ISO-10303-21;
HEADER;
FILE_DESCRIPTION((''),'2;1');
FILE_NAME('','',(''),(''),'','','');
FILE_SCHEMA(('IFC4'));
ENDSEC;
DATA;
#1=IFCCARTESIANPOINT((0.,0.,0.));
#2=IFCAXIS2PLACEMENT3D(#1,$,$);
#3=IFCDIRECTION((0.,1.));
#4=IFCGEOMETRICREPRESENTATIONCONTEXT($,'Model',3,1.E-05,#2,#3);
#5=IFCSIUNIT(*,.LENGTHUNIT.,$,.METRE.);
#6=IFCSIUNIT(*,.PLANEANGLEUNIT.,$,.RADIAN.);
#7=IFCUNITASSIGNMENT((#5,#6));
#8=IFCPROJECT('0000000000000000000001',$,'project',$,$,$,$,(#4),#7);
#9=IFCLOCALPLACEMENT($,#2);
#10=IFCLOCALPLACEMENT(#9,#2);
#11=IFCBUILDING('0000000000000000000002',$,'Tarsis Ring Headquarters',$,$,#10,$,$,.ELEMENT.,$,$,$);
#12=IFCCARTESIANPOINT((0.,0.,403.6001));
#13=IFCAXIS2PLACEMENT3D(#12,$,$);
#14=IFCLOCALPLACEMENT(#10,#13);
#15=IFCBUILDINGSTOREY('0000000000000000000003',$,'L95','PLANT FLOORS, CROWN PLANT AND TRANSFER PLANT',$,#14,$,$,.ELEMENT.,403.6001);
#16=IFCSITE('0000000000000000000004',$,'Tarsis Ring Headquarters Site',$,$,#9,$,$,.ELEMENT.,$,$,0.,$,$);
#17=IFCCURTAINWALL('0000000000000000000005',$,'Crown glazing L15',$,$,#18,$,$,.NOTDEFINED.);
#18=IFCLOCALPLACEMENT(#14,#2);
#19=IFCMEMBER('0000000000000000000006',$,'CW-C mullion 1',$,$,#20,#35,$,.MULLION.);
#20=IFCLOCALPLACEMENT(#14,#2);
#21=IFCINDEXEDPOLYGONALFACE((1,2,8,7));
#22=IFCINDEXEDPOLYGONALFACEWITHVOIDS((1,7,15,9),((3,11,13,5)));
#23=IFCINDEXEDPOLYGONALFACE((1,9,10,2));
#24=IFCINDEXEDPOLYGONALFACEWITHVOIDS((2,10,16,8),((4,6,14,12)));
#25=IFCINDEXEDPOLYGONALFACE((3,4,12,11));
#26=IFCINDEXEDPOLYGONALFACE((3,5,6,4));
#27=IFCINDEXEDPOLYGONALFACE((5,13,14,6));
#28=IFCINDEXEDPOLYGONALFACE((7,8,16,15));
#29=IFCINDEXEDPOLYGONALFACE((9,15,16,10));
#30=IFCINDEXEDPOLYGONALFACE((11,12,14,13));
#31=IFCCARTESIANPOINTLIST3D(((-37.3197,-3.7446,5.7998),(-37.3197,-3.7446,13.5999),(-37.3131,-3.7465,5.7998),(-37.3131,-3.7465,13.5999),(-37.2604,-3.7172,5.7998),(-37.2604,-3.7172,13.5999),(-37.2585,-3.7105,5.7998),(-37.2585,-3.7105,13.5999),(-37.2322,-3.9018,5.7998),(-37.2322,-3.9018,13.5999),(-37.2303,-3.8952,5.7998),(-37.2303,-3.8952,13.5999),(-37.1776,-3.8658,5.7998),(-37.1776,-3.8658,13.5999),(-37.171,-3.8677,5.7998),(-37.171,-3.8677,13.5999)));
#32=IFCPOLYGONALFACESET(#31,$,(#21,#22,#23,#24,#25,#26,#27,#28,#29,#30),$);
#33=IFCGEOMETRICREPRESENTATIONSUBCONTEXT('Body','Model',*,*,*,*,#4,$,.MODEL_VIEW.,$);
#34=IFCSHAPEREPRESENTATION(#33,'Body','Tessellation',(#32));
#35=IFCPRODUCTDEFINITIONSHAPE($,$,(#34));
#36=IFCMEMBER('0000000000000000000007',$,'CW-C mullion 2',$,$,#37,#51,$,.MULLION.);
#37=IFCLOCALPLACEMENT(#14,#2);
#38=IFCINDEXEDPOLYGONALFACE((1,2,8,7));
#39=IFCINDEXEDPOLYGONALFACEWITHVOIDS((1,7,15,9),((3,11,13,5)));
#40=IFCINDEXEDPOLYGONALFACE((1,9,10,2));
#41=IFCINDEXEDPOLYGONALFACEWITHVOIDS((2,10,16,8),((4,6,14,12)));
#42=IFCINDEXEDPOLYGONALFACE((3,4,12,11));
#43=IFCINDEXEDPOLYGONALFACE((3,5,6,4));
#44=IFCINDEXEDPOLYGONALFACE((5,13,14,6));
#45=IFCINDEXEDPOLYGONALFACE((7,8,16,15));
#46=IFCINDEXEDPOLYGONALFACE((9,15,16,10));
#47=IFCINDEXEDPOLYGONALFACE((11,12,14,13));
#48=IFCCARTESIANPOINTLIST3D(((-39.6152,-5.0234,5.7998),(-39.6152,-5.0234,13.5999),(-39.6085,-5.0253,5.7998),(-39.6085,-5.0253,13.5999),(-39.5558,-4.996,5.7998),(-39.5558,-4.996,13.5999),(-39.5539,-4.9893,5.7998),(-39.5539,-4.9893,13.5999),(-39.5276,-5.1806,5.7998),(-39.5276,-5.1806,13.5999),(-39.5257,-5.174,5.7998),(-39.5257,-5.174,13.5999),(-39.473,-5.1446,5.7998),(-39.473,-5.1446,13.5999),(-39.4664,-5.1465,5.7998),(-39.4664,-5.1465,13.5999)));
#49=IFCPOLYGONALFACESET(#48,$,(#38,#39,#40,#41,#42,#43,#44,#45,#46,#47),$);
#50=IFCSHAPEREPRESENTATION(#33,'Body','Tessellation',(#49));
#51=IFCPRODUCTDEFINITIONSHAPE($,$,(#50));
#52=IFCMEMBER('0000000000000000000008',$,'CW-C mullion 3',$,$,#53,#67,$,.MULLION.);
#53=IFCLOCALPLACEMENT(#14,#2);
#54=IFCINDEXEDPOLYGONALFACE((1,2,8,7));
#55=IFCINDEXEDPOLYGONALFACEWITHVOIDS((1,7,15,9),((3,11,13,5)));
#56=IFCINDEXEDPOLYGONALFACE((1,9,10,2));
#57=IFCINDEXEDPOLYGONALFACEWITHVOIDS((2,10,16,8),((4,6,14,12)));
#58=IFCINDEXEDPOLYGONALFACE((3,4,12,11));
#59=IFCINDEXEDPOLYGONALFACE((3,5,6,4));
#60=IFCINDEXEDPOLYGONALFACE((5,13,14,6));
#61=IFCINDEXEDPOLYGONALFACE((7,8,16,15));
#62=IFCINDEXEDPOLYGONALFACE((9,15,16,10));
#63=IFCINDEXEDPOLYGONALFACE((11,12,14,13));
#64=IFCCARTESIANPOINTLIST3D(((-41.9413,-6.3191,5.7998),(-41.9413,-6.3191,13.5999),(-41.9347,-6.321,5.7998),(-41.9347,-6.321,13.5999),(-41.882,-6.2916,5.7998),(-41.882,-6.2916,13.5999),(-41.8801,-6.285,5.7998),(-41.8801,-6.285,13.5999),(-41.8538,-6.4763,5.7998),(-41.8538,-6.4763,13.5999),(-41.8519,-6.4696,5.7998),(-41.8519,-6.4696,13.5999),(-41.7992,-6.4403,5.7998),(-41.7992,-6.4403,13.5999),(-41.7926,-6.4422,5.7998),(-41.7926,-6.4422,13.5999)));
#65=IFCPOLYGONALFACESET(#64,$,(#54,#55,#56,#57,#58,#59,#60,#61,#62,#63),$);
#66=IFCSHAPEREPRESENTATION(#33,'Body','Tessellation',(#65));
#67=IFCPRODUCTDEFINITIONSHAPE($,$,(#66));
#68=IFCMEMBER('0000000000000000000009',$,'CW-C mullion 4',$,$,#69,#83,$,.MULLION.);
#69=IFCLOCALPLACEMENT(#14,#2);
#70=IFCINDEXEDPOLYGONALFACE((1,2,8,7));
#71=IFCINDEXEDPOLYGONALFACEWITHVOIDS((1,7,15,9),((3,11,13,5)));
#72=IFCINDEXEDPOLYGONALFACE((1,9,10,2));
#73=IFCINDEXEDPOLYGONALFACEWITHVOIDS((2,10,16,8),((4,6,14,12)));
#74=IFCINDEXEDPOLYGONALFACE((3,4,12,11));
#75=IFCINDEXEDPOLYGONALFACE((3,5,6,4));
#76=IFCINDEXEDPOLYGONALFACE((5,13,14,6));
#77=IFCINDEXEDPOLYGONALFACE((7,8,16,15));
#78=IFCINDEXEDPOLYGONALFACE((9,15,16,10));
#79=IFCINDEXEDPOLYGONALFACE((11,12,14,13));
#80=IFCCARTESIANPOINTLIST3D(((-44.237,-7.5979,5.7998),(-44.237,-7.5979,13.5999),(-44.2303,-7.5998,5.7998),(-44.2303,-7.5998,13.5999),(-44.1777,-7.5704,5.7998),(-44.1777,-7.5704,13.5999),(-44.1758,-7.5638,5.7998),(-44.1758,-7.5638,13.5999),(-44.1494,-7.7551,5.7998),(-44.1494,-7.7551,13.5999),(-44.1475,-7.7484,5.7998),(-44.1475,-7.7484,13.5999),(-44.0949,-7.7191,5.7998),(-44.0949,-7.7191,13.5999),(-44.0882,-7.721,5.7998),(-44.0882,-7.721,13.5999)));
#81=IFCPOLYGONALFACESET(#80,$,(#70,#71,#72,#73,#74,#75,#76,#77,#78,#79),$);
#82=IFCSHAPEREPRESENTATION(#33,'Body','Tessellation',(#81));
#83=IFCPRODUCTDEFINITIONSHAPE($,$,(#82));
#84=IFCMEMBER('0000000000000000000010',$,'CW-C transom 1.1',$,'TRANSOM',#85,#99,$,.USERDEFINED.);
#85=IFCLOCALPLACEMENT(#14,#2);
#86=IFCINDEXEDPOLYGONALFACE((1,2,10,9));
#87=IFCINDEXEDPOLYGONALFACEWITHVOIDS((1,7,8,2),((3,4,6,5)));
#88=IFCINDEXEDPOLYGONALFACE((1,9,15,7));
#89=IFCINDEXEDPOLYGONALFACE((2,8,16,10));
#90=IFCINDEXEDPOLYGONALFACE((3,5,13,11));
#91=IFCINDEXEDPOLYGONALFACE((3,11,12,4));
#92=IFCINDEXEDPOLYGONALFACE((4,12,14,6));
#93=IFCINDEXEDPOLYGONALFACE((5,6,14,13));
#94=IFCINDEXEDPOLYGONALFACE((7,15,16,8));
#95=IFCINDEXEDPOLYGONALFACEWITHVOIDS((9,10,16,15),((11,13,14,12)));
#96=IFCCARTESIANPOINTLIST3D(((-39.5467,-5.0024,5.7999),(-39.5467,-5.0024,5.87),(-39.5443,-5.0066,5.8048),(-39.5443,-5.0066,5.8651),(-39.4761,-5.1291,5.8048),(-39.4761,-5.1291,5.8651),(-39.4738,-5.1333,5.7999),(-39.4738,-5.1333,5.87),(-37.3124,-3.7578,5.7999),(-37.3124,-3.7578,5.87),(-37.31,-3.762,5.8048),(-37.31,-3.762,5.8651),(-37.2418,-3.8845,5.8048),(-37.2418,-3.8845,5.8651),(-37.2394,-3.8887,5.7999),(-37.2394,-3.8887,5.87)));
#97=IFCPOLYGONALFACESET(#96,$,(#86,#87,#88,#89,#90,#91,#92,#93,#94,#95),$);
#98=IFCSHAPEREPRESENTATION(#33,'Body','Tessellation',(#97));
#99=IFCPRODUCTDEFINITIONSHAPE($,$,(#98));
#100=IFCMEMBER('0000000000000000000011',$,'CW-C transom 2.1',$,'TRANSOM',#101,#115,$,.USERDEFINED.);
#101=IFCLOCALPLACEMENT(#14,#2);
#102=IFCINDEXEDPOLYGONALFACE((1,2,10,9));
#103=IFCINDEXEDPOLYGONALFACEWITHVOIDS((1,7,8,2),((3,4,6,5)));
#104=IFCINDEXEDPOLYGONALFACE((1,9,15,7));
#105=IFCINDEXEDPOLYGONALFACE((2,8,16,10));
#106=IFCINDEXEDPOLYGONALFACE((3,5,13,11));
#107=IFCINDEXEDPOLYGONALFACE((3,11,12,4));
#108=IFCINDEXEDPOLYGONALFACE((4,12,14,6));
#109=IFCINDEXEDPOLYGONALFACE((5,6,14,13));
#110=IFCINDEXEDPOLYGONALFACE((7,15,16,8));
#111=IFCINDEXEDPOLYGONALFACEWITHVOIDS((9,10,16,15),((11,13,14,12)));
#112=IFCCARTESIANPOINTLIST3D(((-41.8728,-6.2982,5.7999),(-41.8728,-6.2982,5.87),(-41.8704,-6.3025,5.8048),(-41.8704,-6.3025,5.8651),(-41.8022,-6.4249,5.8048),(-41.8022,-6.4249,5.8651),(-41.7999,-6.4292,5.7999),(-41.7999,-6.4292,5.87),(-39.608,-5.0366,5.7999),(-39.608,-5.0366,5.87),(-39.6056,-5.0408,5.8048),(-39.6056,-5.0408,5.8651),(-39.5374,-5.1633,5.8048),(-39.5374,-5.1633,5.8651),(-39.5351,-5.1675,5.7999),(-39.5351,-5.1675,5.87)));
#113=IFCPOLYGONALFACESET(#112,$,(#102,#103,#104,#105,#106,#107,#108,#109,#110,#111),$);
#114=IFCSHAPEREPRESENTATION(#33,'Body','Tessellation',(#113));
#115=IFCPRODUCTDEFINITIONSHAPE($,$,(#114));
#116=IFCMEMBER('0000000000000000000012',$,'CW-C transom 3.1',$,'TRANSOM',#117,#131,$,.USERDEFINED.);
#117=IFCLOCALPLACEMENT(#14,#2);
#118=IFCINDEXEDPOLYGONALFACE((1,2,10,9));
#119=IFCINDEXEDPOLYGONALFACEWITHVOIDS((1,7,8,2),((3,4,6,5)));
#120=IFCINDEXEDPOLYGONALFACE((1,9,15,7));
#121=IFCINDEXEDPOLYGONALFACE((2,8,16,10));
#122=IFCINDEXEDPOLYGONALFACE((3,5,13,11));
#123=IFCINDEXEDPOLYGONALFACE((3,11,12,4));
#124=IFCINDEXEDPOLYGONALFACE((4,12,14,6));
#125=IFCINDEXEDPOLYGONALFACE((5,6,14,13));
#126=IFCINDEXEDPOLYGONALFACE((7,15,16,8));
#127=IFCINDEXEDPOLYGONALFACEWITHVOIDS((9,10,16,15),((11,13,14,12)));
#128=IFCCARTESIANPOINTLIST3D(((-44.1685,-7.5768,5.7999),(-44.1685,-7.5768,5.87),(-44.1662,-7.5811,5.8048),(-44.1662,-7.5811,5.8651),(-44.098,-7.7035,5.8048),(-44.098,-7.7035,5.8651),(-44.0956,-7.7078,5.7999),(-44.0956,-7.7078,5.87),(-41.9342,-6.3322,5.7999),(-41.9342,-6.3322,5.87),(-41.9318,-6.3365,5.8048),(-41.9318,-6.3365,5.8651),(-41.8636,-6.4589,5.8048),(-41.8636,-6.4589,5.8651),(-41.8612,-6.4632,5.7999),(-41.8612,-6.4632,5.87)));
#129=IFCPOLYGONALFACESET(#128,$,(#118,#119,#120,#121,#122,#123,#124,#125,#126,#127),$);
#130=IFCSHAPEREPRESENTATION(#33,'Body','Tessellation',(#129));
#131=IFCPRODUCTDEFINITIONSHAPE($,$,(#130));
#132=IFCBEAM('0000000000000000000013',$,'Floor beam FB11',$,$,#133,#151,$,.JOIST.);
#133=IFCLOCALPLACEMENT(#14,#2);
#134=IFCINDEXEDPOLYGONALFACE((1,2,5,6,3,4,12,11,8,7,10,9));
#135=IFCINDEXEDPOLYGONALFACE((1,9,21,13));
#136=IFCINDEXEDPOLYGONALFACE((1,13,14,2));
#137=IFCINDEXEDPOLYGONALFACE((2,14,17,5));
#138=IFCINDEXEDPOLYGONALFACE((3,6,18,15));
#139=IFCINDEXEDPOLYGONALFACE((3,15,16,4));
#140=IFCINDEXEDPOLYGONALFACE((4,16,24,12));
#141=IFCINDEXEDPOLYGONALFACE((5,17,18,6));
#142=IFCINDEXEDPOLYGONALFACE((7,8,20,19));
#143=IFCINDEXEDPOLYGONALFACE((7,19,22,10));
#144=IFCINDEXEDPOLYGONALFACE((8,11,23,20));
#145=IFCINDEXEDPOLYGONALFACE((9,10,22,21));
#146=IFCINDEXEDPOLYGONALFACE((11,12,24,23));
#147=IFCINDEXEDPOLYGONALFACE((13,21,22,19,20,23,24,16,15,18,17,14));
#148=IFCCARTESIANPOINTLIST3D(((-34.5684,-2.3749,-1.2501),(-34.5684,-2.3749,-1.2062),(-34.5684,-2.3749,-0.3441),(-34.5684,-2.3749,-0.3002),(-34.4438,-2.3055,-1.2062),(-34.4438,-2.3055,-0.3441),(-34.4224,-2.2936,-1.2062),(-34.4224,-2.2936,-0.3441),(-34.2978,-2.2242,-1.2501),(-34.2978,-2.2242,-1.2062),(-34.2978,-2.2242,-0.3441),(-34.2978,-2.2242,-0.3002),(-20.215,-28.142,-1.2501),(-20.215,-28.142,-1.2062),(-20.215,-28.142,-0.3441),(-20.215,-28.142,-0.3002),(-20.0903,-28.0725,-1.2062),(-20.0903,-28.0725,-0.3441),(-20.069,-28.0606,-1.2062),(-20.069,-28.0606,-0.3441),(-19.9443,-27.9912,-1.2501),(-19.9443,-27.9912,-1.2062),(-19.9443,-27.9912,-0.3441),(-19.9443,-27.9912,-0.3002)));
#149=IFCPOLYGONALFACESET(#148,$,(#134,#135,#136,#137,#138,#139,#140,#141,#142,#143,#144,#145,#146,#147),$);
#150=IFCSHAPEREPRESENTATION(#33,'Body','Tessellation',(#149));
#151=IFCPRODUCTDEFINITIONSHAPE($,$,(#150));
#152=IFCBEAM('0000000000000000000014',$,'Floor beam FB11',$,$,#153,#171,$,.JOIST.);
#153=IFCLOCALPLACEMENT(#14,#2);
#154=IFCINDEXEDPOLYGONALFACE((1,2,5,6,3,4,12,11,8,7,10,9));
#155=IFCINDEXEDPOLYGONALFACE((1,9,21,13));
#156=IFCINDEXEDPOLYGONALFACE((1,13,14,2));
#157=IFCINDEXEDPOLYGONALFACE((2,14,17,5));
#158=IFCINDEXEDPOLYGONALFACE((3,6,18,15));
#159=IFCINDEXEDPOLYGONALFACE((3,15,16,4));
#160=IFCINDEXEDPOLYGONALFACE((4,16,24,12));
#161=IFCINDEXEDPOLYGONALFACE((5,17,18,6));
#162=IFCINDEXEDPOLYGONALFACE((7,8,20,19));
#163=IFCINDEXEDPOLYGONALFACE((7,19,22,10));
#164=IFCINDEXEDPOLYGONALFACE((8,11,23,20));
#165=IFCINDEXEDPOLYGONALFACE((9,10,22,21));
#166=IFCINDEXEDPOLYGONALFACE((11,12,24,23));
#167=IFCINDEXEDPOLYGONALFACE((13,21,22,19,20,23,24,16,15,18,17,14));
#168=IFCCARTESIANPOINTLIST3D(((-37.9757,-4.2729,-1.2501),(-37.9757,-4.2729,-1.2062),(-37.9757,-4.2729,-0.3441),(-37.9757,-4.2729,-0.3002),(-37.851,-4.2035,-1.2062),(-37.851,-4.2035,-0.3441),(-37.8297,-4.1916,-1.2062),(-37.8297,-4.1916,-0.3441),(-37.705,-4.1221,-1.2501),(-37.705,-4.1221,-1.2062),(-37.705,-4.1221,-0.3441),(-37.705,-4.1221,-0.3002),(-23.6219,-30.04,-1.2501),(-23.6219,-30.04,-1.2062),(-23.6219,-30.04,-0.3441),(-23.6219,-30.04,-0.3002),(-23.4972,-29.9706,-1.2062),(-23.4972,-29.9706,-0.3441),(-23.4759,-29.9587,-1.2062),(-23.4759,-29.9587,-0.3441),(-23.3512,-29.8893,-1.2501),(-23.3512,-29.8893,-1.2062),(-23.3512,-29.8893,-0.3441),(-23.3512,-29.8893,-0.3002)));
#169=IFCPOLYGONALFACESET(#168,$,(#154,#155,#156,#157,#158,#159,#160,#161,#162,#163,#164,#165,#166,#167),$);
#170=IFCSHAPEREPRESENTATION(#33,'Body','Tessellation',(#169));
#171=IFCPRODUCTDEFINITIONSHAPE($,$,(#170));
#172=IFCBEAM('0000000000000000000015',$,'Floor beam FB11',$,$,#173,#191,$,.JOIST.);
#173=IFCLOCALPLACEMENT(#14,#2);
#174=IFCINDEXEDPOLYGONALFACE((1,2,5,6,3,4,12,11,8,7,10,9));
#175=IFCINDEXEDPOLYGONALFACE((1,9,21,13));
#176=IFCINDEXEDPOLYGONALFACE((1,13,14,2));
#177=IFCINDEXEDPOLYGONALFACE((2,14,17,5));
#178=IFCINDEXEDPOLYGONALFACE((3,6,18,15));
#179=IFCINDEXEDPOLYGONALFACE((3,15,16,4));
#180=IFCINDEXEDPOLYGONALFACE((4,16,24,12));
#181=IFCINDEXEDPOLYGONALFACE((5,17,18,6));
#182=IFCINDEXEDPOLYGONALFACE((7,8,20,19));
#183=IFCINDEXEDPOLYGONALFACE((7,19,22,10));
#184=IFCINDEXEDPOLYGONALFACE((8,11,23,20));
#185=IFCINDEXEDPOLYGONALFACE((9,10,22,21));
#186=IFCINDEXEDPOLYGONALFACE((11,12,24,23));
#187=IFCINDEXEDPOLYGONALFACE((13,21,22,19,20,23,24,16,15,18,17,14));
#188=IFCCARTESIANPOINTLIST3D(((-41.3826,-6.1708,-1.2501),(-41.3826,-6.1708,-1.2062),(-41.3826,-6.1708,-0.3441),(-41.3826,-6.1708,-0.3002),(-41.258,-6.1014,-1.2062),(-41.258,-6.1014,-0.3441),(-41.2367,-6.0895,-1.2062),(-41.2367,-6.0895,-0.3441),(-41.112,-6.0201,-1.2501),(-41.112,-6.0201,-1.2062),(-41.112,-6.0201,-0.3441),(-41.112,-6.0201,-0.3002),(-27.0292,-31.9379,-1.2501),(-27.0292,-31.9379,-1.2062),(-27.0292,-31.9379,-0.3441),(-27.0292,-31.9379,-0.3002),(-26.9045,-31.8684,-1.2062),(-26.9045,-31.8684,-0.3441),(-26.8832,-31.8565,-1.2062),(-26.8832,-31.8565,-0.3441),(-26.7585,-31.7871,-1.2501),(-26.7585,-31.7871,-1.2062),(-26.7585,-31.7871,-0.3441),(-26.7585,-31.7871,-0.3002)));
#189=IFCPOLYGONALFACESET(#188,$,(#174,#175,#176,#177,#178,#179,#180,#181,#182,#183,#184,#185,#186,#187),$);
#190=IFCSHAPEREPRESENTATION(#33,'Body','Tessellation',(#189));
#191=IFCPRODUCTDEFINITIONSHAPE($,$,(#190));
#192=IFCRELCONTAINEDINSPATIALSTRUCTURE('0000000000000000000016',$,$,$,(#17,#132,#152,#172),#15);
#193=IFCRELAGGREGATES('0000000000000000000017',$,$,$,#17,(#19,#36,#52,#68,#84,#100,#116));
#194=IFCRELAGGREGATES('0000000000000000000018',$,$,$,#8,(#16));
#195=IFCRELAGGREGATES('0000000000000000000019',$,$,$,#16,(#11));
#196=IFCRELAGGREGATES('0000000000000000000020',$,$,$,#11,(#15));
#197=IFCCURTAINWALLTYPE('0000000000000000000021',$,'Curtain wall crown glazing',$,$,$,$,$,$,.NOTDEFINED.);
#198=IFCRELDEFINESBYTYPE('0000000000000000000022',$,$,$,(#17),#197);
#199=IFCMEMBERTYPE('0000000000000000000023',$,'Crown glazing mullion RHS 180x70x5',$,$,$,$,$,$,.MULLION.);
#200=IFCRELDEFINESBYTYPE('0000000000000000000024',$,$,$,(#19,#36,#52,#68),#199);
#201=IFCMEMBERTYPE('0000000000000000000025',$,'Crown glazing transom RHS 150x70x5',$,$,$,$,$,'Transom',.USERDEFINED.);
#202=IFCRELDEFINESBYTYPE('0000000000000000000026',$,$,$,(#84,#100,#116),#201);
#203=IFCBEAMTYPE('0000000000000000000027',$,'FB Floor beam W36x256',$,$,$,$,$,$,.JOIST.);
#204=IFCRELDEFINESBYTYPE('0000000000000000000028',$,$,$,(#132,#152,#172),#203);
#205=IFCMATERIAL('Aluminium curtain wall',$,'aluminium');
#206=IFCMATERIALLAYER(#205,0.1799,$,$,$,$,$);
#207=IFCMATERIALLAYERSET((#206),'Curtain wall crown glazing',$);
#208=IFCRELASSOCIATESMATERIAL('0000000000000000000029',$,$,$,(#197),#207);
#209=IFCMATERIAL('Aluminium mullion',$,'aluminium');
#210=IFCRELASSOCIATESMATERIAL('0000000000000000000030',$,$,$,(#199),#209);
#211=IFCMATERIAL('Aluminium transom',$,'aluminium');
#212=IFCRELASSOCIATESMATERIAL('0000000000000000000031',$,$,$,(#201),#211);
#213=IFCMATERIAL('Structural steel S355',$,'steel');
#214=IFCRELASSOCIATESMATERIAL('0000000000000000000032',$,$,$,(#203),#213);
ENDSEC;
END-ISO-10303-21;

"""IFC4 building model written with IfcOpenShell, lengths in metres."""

from ifc_helpers import new_model, si_unit, direction, frame, origin, origin_2d, place, context, subcontext, project, spatial, hollow_rectangle, i_section, extrude, material, layer, layer_set, material_profile, profile_set, type_object, element, aggregate, save


model = new_model("IFC4")

# Units and contexts
model_context = context("Model", 3, precision=1e-05, world=origin(), true_north=direction((0.0, 1.0)))
body_context = subcontext(model_context, "Body", "Model", "MODEL_VIEW")
ifc_project = project(units=[si_unit("LENGTHUNIT", "METRE"), si_unit("PLANEANGLEUNIT", "RADIAN")], contexts=[model_context])

# Site, building, storey
site_placement = place(None, origin())
site = spatial("IfcSite", under=ifc_project, at=site_placement, Name="Tarsis Ring Headquarters Site", CompositionType="ELEMENT", RefElevation=0.0)
building_placement = place(site_placement, origin())
building = spatial("IfcBuilding", under=site, at=building_placement, Name="Tarsis Ring Headquarters", CompositionType="ELEMENT")
storey_placement = place(building_placement, frame((0.0, 0.0, 403.6001)))
storey = spatial("IfcBuildingStorey", under=building, at=storey_placement, Name="L95", Description="PLANT FLOORS, CROWN PLANT AND TRANSFER PLANT", CompositionType="ELEMENT", Elevation=403.6001)

# Shared definitions
ifc_material_1 = material(Name="Structural steel S355", Category="steel")

# Curtain wall, members
ifc_material_2 = material(Name="Aluminium curtain wall", Category="aluminium")
ifc_layer_1 = layer(ifc_material_2, 0.1799)
ifc_layer_set_1 = layer_set([ifc_layer_1], Name="Curtain wall crown glazing")
curtain_wall_type = type_object("IfcCurtainWallType", Name="Curtain wall crown glazing", PredefinedType="NOTDEFINED", material=ifc_layer_set_1)
curtain_wall_placement = place(storey_placement, origin())
curtain_wall = element("IfcCurtainWall", 1, at=curtain_wall_placement, inside=storey, type_object=curtain_wall_type, Name="Crown glazing L15", PredefinedType="NOTDEFINED")
ifc_material_3 = material(Name="Aluminium mullion", Category="aluminium")
ifc_material_profile_1 = material_profile(ifc_material_3, hollow_rectangle(XDim=0.1799, YDim=0.0701, WallThickness=0.0049, at=origin_2d()), Name="RHS 180x70x5")
ifc_profile_set_1 = profile_set([ifc_material_profile_1], Name="Aluminium mullion")
member_type_1 = type_object("IfcMemberType", Name="Crown glazing mullion RHS 180x70x5", PredefinedType="MULLION", material=ifc_profile_set_1)
member_1_placement = place(storey_placement, frame((-37.2454, -3.8062, 5.7998), z_axis=(0.0, 0.0, 1.0), x_axis=(0.48664, -0.873602, 0.0)))
member_1 = element("IfcMember", 2, at=member_1_placement, type_object=member_type_1, Name="CW-C mullion 1", PredefinedType="MULLION", context=body_context, shape_type="SweptSolid", body=[
    extrude(hollow_rectangle(XDim=0.1799, YDim=0.0701, WallThickness=0.0049, at=origin_2d()), origin(), (0.0, 0.0, 1.0), 7.8),
])
member_2_placement = place(storey_placement, frame((-39.5408, -5.085, 5.7998), z_axis=(0.0, 0.0, 1.0), x_axis=(0.48664, -0.873602, 0.0)))
member_2 = element("IfcMember", 3, at=member_2_placement, type_object=member_type_1, Name="CW-C mullion 2", PredefinedType="MULLION", context=body_context, shape_type="SweptSolid", body=[
    extrude(hollow_rectangle(XDim=0.1799, YDim=0.0701, WallThickness=0.0049, at=origin_2d()), origin(), (0.0, 0.0, 1.0), 7.8),
])
member_3_placement = place(storey_placement, frame((-41.8669, -6.3806, 5.7998), z_axis=(0.0, 0.0, 1.0), x_axis=(0.48664, -0.873602, 0.0)))
member_3 = element("IfcMember", 4, at=member_3_placement, type_object=member_type_1, Name="CW-C mullion 3", PredefinedType="MULLION", context=body_context, shape_type="SweptSolid", body=[
    extrude(hollow_rectangle(XDim=0.1799, YDim=0.0701, WallThickness=0.0049, at=origin_2d()), origin(), (0.0, 0.0, 1.0), 7.8),
])
member_4_placement = place(storey_placement, frame((-44.1626, -7.6594, 5.7998), z_axis=(0.0, 0.0, 1.0), x_axis=(0.48664, -0.873602, 0.0)))
member_4 = element("IfcMember", 5, at=member_4_placement, type_object=member_type_1, Name="CW-C mullion 4", PredefinedType="MULLION", context=body_context, shape_type="SweptSolid", body=[
    extrude(hollow_rectangle(XDim=0.1799, YDim=0.0701, WallThickness=0.0049, at=origin_2d()), origin(), (0.0, 0.0, 1.0), 7.8),
])
ifc_material_4 = material(Name="Aluminium transom", Category="aluminium")
ifc_material_profile_2 = material_profile(ifc_material_4, hollow_rectangle(XDim=0.1499, YDim=0.0701, WallThickness=0.0049, at=origin_2d()), Name="RHS 150x70x5")
ifc_profile_set_2 = profile_set([ifc_material_profile_2], Name="Aluminium transom")
member_type_2 = type_object("IfcMemberType", Name="Crown glazing transom RHS 150x70x5", ElementType="Transom", PredefinedType="USERDEFINED", material=ifc_profile_set_2)
member_5_placement = place(storey_placement, frame((-37.2759, -3.8232, 5.835), z_axis=(-0.873607, -0.486631, 0.0), x_axis=(0.486631, -0.873607, 0.0)))
member_5 = element("IfcMember", 6, at=member_5_placement, type_object=member_type_2, Name="CW-C transom 1.1", ObjectType="TRANSOM", PredefinedType="USERDEFINED", context=body_context, shape_type="SweptSolid", body=[
    extrude(hollow_rectangle(XDim=0.1499, YDim=0.0701, WallThickness=0.0049, at=origin_2d()), origin(), (0.0, 0.0, 1.0), 2.5576),
])
member_6_placement = place(storey_placement, frame((-39.5715, -5.1021, 5.835), z_axis=(-0.873593, -0.486658, 0.0), x_axis=(0.486658, -0.873593, 0.0)))
member_6 = element("IfcMember", 7, at=member_6_placement, type_object=member_type_2, Name="CW-C transom 2.1", ObjectType="TRANSOM", PredefinedType="USERDEFINED", context=body_context, shape_type="SweptSolid", body=[
    extrude(hollow_rectangle(XDim=0.1499, YDim=0.0701, WallThickness=0.0049, at=origin_2d()), origin(), (0.0, 0.0, 1.0), 2.5925),
])
member_7_placement = place(storey_placement, frame((-41.8977, -6.3977, 5.835), z_axis=(-0.873607, -0.486631, 0.0), x_axis=(0.486631, -0.873607, 0.0)))
member_7 = element("IfcMember", 8, at=member_7_placement, type_object=member_type_2, Name="CW-C transom 3.1", ObjectType="TRANSOM", PredefinedType="USERDEFINED", context=body_context, shape_type="SweptSolid", body=[
    extrude(hollow_rectangle(XDim=0.1499, YDim=0.0701, WallThickness=0.0049, at=origin_2d()), origin(), (0.0, 0.0, 1.0), 2.5576),
])

# Beams
ifc_material_profile_3 = material_profile(ifc_material_1, i_section(OverallWidth=0.3098, OverallDepth=0.95, WebThickness=0.0244, FlangeThickness=0.0439, at=origin_2d()), Name="W36x256")
ifc_profile_set_3 = profile_set([ifc_material_profile_3], Name="Structural steel S355")
beam_type_1 = type_object("IfcBeamType", Name="FB Floor beam W36x256", PredefinedType="JOIST", material=ifc_profile_set_3)
beam_1_placement = place(storey_placement, frame((-34.4331, -2.2996, -0.7751), z_axis=(0.486639, -0.873603, 0.0), x_axis=(0.873603, 0.486639, 0.0)))
element("IfcBeam", 9, at=beam_1_placement, inside=storey, type_object=beam_type_1, Name="Floor beam FB11", PredefinedType="JOIST", context=body_context, shape_type="SweptSolid", body=[
    extrude(i_section(OverallWidth=0.3098, OverallDepth=0.95, WebThickness=0.0244, FlangeThickness=0.0439, at=origin_2d()), origin(), (0.0, 0.0, 1.0), 29.4951),
])
beam_2_placement = place(storey_placement, frame((-37.8403, -4.1975, -0.7751), z_axis=(0.486645, -0.8736, 0.0), x_axis=(0.8736, 0.486645, 0.0)))
element("IfcBeam", 10, at=beam_2_placement, inside=storey, type_object=beam_type_1, Name="Floor beam FB11", PredefinedType="JOIST", context=body_context, shape_type="SweptSolid", body=[
    extrude(i_section(OverallWidth=0.3098, OverallDepth=0.95, WebThickness=0.0244, FlangeThickness=0.0439, at=origin_2d()), origin(), (0.0, 0.0, 1.0), 29.4954),
])
for number, where, z_axis, x_axis, name in (
    (11, (-41.2473, -6.0955, -0.7751), (0.486639, -0.873603, 0.0), (0.873603, 0.486639, 0.0), "Floor beam FB11"),
):
    element("IfcBeam", number, at=place(storey_placement, frame(where, z_axis=z_axis, x_axis=x_axis)), inside=storey, type_object=beam_type_1, Name=name, PredefinedType="JOIST", context=body_context, shape_type="SweptSolid", body=[
        extrude(i_section(OverallWidth=0.3098, OverallDepth=0.95, WebThickness=0.0244, FlangeThickness=0.0439, at=origin_2d()), origin(), (0.0, 0.0, 1.0), 29.4951),
    ])

aggregate(curtain_wall, [member_1, member_2, member_3, member_4, member_5, member_6, member_7])

save(model, "model.ifc")
